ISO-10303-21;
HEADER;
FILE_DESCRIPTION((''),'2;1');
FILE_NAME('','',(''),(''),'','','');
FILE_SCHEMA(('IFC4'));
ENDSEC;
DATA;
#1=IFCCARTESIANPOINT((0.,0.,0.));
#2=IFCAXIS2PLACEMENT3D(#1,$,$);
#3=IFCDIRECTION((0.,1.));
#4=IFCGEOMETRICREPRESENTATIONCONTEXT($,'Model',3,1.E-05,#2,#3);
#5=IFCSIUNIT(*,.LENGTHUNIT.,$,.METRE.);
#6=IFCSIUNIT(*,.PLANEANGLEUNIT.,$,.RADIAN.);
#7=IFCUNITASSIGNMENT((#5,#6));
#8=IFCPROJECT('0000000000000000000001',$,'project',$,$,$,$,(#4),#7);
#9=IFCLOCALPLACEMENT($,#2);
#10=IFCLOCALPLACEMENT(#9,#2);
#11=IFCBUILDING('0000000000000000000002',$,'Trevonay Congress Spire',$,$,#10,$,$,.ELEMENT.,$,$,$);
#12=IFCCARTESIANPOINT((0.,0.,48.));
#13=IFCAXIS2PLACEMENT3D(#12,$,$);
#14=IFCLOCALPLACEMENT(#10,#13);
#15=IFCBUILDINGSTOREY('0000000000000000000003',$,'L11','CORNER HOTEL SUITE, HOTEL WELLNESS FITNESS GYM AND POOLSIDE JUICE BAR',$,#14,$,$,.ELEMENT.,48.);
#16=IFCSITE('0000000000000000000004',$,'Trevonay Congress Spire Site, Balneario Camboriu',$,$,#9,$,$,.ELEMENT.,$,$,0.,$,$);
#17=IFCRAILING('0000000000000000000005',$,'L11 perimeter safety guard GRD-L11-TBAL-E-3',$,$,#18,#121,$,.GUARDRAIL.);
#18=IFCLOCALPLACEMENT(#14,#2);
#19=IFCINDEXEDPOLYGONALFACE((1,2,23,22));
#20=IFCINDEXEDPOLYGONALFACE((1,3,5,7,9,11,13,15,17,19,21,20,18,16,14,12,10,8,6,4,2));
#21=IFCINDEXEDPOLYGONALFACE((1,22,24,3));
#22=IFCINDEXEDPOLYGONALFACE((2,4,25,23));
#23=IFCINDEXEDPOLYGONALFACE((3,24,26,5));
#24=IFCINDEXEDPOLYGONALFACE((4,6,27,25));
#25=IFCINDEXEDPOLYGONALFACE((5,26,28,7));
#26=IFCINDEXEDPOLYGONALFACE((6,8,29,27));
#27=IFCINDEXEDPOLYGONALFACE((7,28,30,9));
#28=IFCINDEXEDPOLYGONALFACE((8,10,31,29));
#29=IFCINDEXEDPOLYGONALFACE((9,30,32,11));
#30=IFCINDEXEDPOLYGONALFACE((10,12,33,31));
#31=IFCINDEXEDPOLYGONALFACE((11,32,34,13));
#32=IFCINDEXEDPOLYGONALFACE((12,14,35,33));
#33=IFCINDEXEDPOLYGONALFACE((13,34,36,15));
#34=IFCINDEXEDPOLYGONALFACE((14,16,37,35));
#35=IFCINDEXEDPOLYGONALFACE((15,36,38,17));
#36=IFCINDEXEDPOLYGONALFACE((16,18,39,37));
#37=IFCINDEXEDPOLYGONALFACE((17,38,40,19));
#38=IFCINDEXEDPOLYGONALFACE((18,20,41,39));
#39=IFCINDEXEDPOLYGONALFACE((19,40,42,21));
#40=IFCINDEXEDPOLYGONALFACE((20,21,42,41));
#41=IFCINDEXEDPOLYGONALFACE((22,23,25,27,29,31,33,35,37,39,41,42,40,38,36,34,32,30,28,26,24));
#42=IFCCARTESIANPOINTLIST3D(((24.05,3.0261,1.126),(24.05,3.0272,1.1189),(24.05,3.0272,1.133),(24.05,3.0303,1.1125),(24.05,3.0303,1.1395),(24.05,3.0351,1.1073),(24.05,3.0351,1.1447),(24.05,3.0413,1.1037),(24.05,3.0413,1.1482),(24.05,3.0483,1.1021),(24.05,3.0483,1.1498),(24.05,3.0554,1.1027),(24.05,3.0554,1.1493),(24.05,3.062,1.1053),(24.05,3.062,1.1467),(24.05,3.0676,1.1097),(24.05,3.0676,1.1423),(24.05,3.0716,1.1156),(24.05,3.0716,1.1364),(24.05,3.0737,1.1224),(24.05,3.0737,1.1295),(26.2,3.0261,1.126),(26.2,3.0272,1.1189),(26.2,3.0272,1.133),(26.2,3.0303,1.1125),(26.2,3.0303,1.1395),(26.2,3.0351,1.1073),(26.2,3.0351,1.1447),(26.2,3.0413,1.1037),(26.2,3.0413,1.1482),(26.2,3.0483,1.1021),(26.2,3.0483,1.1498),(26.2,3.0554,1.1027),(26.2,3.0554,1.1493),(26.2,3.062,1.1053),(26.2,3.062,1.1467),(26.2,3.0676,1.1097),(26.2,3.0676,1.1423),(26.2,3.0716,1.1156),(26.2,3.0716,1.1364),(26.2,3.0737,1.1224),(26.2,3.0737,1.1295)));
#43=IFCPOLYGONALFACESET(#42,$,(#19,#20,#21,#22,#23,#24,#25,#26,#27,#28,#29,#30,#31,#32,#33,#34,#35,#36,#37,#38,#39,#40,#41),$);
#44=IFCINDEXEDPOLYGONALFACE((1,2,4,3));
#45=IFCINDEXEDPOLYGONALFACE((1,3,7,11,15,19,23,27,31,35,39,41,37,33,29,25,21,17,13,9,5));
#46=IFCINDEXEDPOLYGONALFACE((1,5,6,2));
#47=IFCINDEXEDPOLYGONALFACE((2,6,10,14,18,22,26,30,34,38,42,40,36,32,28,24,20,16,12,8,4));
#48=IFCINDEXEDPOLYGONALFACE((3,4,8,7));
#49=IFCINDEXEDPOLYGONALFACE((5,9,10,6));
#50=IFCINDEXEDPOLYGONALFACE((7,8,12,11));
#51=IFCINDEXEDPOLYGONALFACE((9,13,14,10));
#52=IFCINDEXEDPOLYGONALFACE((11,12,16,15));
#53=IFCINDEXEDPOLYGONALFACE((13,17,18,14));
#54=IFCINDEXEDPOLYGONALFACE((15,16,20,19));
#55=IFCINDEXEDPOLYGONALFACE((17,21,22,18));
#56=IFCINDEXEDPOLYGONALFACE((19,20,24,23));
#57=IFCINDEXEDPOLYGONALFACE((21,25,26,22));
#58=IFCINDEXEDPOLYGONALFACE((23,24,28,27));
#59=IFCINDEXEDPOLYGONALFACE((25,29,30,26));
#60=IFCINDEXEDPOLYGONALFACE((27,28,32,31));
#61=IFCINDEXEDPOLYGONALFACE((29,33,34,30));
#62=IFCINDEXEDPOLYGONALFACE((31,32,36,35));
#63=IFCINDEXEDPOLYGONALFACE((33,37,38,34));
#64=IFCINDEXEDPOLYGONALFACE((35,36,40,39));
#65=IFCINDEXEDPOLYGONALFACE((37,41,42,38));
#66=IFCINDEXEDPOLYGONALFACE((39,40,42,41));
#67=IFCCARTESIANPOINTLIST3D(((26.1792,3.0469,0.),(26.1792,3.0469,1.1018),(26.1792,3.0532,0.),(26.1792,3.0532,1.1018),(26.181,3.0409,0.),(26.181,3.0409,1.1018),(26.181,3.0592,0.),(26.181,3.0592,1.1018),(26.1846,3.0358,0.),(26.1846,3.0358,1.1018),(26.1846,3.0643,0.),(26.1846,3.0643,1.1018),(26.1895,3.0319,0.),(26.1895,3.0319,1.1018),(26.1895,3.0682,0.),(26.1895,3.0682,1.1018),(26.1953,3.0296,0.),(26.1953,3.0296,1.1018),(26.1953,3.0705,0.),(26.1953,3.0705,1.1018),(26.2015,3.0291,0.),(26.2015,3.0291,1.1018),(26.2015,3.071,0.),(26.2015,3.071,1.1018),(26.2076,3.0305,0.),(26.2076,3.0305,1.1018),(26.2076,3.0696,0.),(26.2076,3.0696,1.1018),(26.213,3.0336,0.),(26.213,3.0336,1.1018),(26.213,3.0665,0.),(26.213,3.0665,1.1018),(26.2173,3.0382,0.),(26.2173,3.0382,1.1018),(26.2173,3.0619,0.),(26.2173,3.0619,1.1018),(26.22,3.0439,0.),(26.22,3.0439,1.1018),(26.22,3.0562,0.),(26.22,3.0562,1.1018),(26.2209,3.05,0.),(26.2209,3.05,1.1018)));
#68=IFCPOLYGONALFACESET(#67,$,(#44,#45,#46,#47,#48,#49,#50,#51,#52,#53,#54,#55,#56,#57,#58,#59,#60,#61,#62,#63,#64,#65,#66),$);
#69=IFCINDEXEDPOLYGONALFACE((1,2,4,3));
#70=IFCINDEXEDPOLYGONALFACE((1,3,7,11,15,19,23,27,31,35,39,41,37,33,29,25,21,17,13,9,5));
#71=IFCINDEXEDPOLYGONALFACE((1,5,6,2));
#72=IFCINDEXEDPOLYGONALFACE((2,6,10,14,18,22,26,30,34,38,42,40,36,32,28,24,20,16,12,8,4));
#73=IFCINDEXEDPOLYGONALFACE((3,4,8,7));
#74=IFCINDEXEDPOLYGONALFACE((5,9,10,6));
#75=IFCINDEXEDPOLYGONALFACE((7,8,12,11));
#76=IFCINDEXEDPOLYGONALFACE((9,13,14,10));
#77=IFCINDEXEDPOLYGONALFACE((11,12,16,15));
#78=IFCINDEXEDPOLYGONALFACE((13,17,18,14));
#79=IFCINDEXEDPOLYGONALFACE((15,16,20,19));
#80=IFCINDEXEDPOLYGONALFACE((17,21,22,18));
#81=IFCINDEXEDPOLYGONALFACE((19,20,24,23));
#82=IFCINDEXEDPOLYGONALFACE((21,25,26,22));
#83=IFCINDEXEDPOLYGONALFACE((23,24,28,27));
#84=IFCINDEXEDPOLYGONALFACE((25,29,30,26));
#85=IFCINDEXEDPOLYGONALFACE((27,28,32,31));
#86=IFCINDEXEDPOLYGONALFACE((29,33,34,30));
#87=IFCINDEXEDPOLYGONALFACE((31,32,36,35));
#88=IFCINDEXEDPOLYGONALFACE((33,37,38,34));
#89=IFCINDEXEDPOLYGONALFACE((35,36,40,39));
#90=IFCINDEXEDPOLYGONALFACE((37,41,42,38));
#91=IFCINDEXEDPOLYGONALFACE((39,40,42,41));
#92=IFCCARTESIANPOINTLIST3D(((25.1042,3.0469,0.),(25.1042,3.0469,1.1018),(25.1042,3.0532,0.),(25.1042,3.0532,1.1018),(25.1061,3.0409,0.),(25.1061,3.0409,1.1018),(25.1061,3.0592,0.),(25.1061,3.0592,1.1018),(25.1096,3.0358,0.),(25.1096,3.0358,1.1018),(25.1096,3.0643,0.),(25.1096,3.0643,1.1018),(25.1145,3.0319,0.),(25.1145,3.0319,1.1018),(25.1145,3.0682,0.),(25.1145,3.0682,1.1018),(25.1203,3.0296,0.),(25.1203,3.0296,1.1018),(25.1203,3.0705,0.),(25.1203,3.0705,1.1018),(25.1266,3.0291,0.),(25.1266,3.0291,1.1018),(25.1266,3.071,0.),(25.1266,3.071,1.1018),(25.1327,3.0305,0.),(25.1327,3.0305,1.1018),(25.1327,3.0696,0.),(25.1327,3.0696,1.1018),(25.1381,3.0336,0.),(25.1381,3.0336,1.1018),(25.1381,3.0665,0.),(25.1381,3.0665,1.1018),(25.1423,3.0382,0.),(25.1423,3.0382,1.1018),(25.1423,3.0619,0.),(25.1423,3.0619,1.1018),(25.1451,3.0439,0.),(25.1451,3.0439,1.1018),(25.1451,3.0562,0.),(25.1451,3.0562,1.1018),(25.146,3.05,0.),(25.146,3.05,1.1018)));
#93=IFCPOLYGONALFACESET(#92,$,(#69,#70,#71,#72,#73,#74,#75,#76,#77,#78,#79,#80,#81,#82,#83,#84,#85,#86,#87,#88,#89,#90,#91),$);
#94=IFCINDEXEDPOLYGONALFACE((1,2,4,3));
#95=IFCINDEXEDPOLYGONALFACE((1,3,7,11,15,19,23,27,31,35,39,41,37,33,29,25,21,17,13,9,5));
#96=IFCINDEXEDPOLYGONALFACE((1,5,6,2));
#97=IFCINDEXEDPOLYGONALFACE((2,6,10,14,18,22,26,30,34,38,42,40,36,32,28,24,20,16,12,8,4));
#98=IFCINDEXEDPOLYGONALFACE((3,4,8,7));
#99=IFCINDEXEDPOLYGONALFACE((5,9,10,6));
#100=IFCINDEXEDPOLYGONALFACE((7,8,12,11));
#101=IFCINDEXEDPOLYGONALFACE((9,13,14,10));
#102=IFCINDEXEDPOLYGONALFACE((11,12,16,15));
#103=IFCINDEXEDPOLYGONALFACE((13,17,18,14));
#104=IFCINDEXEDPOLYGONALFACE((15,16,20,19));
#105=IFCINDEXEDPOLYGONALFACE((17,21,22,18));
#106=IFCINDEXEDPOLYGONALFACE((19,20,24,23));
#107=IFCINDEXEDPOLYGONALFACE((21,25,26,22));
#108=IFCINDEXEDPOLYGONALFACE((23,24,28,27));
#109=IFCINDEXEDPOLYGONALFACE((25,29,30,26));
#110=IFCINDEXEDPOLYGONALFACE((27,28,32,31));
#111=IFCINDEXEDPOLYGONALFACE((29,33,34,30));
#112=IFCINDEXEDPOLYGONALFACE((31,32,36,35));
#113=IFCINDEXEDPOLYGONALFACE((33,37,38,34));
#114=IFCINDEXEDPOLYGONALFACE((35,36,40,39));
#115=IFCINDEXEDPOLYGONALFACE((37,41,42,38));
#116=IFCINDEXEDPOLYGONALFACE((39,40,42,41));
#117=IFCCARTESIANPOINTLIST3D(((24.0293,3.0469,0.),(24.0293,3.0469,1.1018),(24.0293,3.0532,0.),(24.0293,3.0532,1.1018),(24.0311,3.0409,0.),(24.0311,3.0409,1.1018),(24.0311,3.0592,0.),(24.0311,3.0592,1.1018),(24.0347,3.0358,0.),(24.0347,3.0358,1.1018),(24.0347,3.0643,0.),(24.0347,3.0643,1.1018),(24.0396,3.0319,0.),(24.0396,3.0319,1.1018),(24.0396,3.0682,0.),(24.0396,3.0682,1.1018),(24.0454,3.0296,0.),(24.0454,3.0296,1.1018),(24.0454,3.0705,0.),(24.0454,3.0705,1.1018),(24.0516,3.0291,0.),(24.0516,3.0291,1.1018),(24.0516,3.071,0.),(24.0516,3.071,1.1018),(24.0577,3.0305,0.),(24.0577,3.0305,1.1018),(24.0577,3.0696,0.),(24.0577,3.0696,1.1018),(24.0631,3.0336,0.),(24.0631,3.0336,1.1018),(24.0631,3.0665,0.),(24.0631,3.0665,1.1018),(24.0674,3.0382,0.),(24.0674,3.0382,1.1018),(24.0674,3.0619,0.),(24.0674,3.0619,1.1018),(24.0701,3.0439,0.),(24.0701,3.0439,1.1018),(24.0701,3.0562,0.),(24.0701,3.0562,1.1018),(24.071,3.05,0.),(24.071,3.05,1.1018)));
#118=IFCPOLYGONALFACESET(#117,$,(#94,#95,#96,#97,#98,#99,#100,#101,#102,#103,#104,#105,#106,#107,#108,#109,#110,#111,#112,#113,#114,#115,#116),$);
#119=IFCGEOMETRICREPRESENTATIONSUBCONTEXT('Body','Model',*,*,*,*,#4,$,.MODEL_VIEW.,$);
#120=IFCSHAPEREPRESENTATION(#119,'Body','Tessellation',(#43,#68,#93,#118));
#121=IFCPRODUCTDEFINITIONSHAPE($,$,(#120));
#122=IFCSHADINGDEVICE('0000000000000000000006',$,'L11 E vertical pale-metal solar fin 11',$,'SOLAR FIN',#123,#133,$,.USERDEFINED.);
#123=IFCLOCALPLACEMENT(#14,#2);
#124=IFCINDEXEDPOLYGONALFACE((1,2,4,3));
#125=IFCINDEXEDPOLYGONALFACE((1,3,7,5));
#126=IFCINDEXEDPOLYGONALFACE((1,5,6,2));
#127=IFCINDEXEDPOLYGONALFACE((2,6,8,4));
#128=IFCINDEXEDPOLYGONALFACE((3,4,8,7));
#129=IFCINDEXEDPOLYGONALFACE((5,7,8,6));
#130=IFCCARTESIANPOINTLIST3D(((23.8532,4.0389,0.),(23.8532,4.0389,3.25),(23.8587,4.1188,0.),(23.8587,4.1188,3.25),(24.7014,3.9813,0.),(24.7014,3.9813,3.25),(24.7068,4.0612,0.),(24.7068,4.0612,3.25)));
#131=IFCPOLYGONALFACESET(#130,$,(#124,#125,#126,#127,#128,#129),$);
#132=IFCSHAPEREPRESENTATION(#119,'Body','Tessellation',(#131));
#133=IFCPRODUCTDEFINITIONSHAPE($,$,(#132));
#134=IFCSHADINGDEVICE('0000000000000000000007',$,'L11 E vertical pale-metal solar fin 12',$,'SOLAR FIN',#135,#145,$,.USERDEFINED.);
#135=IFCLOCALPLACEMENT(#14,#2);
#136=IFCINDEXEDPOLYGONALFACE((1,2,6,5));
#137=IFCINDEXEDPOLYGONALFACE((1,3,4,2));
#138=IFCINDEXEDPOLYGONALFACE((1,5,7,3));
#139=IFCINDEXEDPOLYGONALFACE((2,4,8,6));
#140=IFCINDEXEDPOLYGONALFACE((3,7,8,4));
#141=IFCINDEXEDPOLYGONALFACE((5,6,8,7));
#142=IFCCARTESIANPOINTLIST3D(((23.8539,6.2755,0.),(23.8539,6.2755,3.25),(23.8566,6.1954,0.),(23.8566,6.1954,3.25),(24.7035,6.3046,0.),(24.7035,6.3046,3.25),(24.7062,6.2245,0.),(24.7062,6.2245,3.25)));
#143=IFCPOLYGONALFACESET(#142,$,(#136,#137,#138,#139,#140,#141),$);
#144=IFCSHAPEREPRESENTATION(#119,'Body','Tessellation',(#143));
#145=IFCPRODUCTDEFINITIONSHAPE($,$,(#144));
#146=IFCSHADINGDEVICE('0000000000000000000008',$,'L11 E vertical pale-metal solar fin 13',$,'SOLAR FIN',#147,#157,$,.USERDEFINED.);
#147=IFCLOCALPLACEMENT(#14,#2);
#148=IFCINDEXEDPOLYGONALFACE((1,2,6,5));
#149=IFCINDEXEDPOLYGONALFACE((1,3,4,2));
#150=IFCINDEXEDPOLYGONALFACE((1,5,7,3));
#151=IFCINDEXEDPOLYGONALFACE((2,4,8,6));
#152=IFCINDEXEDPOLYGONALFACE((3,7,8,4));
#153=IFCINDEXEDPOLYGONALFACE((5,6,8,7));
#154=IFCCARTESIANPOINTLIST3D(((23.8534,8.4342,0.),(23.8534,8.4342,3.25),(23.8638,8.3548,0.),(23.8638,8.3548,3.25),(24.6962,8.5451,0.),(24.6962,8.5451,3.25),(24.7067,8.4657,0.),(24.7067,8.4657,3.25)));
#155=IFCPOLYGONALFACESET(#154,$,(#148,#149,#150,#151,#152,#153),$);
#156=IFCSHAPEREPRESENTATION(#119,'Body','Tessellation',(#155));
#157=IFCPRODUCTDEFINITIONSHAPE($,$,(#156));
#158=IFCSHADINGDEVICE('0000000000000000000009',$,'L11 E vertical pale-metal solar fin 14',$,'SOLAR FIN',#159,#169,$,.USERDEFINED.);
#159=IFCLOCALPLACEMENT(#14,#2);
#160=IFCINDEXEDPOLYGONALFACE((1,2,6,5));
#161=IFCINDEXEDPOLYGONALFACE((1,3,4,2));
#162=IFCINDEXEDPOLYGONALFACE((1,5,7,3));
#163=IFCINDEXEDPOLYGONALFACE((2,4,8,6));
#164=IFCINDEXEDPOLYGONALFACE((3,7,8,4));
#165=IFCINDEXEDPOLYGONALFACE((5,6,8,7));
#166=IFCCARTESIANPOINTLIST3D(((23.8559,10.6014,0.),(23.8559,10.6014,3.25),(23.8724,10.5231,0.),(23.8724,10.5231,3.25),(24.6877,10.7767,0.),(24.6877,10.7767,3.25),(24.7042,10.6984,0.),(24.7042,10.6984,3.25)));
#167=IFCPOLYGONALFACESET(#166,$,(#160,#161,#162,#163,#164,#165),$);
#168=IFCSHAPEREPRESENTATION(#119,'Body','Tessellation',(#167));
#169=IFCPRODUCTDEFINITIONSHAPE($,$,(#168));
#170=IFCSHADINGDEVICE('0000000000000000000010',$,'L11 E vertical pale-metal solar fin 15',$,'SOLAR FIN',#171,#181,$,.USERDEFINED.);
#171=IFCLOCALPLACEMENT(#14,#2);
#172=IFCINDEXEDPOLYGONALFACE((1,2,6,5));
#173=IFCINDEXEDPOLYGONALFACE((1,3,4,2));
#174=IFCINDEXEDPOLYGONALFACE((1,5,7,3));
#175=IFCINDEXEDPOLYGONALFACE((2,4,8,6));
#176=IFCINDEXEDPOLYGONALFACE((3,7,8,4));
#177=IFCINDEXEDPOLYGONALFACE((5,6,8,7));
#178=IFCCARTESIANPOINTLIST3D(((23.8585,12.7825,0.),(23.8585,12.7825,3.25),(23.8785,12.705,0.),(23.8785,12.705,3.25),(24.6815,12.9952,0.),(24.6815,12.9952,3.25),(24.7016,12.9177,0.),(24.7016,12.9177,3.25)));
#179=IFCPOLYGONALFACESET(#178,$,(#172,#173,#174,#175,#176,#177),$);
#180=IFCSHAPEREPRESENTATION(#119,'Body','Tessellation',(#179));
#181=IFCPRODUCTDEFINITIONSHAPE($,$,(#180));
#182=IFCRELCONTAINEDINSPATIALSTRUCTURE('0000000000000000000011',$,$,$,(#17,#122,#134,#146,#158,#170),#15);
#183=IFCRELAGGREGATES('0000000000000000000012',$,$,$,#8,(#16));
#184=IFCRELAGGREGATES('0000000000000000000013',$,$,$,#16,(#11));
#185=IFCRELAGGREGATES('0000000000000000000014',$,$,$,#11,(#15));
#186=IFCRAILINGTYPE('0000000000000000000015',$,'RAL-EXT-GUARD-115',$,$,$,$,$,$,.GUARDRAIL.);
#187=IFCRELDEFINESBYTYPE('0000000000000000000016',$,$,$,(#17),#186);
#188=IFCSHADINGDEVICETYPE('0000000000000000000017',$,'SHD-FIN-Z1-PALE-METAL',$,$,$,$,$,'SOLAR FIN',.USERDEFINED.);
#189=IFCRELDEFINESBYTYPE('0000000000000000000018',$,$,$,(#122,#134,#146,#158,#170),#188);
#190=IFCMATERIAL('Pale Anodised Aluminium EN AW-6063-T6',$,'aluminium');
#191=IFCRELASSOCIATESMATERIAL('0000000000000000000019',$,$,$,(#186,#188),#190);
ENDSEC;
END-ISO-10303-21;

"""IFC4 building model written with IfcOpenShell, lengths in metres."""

from ifc_helpers import new_model, si_unit, direction, frame, origin, origin_2d, place, context, subcontext, project, spatial, rectangle, circle, extrude, material, type_object, element, save


model = new_model("IFC4")

# Units and contexts
model_context = context("Model", 3, precision=1e-05, world=origin(), true_north=direction((0.0, 1.0)))
body_context = subcontext(model_context, "Body", "Model", "MODEL_VIEW")
ifc_project = project(units=[si_unit("LENGTHUNIT", "METRE"), si_unit("PLANEANGLEUNIT", "RADIAN")], contexts=[model_context])

# Site, building, storey
site_placement = place(None, origin())
site = spatial("IfcSite", under=ifc_project, at=site_placement, Name="Trevonay Congress Spire Site, Balneario Camboriu", CompositionType="ELEMENT", RefElevation=0.0)
building_placement = place(site_placement, origin())
building = spatial("IfcBuilding", under=site, at=building_placement, Name="Trevonay Congress Spire", CompositionType="ELEMENT")
storey_placement = place(building_placement, frame((0.0, 0.0, 48.0)))
storey = spatial("IfcBuildingStorey", under=building, at=storey_placement, Name="L11", Description="CORNER HOTEL SUITE, HOTEL WELLNESS FITNESS GYM AND POOLSIDE JUICE BAR", CompositionType="ELEMENT", Elevation=48.0)

# Shared definitions
ifc_material_1 = material(Name="Pale Anodised Aluminium EN AW-6063-T6", Category="aluminium")

# Railing
railing_type = type_object("IfcRailingType", Name="RAL-EXT-GUARD-115", PredefinedType="GUARDRAIL", material=ifc_material_1)
railing_placement = place(storey_placement, frame((26.2, 3.05, 0.0)))
element("IfcRailing", 1, at=railing_placement, inside=storey, type_object=railing_type, Name="L11 perimeter safety guard GRD-L11-TBAL-E-3", PredefinedType="GUARDRAIL", context=body_context, shape_type="SweptSolid", body=[
    extrude(circle(Radius=0.0239, at=origin_2d()), frame((0.0, 0.0, 1.126), z_axis=(-1.0, 0.0, 0.0), x_axis=(0.0, -1.0, 0.0)), (0.0, 0.0, 1.0), 2.1499),
    extrude(circle(Radius=0.021, at=origin_2d()), origin(), (0.0, 0.0, 1.0), 1.1018),
    extrude(circle(Radius=0.021, at=origin_2d()), frame((-1.075, 0.0, 0.0)), (0.0, 0.0, 1.0), 1.1018),
    extrude(circle(Radius=0.021, at=origin_2d()), frame((-2.1499, 0.0, 0.0)), (0.0, 0.0, 1.0), 1.1018),
])

# Shading devices
shading_device_type = type_object("IfcShadingDeviceType", Name="SHD-FIN-Z1-PALE-METAL", ElementType="SOLAR FIN", PredefinedType="USERDEFINED", material=ifc_material_1)
for number, where, z_axis, x_axis, name in (
    (2, (24.28, 4.05, 0.0), (0.0, 0.0, 1.0), (0.067667, 0.997708, 0.0), "L11 E vertical pale-metal solar fin 11"),
    (3, (24.28, 6.25, 0.0), (0.0, 0.0, 1.0), (-0.034202, 0.999415, 0.0), "L11 E vertical pale-metal solar fin 12"),
    (4, (24.28, 8.45, 0.0), (0.0, 0.0, 1.0), (-0.130526, 0.991445, 0.0), "L11 E vertical pale-metal solar fin 13"),
    (5, (24.28, 10.6499, 0.0), (0.0, 0.0, 1.0), (-0.206204, 0.978509, 0.0), "L11 E vertical pale-metal solar fin 14"),
    (6, (24.28, 12.8501, 0.0), (0.0, 0.0, 1.0), (-0.250211, 0.968191, 0.0), "L11 E vertical pale-metal solar fin 15"),
):
    element("IfcShadingDevice", number, at=place(storey_placement, frame(where, z_axis=z_axis, x_axis=x_axis)), inside=storey, type_object=shading_device_type, Name=name, ObjectType="SOLAR FIN", PredefinedType="USERDEFINED", context=body_context, shape_type="SweptSolid", body=[
        extrude(rectangle(XDim=0.0801, YDim=0.8501, at=origin_2d()), origin(), (0.0, 0.0, 1.0), 3.25),
    ])

save(model, "model.ifc")
